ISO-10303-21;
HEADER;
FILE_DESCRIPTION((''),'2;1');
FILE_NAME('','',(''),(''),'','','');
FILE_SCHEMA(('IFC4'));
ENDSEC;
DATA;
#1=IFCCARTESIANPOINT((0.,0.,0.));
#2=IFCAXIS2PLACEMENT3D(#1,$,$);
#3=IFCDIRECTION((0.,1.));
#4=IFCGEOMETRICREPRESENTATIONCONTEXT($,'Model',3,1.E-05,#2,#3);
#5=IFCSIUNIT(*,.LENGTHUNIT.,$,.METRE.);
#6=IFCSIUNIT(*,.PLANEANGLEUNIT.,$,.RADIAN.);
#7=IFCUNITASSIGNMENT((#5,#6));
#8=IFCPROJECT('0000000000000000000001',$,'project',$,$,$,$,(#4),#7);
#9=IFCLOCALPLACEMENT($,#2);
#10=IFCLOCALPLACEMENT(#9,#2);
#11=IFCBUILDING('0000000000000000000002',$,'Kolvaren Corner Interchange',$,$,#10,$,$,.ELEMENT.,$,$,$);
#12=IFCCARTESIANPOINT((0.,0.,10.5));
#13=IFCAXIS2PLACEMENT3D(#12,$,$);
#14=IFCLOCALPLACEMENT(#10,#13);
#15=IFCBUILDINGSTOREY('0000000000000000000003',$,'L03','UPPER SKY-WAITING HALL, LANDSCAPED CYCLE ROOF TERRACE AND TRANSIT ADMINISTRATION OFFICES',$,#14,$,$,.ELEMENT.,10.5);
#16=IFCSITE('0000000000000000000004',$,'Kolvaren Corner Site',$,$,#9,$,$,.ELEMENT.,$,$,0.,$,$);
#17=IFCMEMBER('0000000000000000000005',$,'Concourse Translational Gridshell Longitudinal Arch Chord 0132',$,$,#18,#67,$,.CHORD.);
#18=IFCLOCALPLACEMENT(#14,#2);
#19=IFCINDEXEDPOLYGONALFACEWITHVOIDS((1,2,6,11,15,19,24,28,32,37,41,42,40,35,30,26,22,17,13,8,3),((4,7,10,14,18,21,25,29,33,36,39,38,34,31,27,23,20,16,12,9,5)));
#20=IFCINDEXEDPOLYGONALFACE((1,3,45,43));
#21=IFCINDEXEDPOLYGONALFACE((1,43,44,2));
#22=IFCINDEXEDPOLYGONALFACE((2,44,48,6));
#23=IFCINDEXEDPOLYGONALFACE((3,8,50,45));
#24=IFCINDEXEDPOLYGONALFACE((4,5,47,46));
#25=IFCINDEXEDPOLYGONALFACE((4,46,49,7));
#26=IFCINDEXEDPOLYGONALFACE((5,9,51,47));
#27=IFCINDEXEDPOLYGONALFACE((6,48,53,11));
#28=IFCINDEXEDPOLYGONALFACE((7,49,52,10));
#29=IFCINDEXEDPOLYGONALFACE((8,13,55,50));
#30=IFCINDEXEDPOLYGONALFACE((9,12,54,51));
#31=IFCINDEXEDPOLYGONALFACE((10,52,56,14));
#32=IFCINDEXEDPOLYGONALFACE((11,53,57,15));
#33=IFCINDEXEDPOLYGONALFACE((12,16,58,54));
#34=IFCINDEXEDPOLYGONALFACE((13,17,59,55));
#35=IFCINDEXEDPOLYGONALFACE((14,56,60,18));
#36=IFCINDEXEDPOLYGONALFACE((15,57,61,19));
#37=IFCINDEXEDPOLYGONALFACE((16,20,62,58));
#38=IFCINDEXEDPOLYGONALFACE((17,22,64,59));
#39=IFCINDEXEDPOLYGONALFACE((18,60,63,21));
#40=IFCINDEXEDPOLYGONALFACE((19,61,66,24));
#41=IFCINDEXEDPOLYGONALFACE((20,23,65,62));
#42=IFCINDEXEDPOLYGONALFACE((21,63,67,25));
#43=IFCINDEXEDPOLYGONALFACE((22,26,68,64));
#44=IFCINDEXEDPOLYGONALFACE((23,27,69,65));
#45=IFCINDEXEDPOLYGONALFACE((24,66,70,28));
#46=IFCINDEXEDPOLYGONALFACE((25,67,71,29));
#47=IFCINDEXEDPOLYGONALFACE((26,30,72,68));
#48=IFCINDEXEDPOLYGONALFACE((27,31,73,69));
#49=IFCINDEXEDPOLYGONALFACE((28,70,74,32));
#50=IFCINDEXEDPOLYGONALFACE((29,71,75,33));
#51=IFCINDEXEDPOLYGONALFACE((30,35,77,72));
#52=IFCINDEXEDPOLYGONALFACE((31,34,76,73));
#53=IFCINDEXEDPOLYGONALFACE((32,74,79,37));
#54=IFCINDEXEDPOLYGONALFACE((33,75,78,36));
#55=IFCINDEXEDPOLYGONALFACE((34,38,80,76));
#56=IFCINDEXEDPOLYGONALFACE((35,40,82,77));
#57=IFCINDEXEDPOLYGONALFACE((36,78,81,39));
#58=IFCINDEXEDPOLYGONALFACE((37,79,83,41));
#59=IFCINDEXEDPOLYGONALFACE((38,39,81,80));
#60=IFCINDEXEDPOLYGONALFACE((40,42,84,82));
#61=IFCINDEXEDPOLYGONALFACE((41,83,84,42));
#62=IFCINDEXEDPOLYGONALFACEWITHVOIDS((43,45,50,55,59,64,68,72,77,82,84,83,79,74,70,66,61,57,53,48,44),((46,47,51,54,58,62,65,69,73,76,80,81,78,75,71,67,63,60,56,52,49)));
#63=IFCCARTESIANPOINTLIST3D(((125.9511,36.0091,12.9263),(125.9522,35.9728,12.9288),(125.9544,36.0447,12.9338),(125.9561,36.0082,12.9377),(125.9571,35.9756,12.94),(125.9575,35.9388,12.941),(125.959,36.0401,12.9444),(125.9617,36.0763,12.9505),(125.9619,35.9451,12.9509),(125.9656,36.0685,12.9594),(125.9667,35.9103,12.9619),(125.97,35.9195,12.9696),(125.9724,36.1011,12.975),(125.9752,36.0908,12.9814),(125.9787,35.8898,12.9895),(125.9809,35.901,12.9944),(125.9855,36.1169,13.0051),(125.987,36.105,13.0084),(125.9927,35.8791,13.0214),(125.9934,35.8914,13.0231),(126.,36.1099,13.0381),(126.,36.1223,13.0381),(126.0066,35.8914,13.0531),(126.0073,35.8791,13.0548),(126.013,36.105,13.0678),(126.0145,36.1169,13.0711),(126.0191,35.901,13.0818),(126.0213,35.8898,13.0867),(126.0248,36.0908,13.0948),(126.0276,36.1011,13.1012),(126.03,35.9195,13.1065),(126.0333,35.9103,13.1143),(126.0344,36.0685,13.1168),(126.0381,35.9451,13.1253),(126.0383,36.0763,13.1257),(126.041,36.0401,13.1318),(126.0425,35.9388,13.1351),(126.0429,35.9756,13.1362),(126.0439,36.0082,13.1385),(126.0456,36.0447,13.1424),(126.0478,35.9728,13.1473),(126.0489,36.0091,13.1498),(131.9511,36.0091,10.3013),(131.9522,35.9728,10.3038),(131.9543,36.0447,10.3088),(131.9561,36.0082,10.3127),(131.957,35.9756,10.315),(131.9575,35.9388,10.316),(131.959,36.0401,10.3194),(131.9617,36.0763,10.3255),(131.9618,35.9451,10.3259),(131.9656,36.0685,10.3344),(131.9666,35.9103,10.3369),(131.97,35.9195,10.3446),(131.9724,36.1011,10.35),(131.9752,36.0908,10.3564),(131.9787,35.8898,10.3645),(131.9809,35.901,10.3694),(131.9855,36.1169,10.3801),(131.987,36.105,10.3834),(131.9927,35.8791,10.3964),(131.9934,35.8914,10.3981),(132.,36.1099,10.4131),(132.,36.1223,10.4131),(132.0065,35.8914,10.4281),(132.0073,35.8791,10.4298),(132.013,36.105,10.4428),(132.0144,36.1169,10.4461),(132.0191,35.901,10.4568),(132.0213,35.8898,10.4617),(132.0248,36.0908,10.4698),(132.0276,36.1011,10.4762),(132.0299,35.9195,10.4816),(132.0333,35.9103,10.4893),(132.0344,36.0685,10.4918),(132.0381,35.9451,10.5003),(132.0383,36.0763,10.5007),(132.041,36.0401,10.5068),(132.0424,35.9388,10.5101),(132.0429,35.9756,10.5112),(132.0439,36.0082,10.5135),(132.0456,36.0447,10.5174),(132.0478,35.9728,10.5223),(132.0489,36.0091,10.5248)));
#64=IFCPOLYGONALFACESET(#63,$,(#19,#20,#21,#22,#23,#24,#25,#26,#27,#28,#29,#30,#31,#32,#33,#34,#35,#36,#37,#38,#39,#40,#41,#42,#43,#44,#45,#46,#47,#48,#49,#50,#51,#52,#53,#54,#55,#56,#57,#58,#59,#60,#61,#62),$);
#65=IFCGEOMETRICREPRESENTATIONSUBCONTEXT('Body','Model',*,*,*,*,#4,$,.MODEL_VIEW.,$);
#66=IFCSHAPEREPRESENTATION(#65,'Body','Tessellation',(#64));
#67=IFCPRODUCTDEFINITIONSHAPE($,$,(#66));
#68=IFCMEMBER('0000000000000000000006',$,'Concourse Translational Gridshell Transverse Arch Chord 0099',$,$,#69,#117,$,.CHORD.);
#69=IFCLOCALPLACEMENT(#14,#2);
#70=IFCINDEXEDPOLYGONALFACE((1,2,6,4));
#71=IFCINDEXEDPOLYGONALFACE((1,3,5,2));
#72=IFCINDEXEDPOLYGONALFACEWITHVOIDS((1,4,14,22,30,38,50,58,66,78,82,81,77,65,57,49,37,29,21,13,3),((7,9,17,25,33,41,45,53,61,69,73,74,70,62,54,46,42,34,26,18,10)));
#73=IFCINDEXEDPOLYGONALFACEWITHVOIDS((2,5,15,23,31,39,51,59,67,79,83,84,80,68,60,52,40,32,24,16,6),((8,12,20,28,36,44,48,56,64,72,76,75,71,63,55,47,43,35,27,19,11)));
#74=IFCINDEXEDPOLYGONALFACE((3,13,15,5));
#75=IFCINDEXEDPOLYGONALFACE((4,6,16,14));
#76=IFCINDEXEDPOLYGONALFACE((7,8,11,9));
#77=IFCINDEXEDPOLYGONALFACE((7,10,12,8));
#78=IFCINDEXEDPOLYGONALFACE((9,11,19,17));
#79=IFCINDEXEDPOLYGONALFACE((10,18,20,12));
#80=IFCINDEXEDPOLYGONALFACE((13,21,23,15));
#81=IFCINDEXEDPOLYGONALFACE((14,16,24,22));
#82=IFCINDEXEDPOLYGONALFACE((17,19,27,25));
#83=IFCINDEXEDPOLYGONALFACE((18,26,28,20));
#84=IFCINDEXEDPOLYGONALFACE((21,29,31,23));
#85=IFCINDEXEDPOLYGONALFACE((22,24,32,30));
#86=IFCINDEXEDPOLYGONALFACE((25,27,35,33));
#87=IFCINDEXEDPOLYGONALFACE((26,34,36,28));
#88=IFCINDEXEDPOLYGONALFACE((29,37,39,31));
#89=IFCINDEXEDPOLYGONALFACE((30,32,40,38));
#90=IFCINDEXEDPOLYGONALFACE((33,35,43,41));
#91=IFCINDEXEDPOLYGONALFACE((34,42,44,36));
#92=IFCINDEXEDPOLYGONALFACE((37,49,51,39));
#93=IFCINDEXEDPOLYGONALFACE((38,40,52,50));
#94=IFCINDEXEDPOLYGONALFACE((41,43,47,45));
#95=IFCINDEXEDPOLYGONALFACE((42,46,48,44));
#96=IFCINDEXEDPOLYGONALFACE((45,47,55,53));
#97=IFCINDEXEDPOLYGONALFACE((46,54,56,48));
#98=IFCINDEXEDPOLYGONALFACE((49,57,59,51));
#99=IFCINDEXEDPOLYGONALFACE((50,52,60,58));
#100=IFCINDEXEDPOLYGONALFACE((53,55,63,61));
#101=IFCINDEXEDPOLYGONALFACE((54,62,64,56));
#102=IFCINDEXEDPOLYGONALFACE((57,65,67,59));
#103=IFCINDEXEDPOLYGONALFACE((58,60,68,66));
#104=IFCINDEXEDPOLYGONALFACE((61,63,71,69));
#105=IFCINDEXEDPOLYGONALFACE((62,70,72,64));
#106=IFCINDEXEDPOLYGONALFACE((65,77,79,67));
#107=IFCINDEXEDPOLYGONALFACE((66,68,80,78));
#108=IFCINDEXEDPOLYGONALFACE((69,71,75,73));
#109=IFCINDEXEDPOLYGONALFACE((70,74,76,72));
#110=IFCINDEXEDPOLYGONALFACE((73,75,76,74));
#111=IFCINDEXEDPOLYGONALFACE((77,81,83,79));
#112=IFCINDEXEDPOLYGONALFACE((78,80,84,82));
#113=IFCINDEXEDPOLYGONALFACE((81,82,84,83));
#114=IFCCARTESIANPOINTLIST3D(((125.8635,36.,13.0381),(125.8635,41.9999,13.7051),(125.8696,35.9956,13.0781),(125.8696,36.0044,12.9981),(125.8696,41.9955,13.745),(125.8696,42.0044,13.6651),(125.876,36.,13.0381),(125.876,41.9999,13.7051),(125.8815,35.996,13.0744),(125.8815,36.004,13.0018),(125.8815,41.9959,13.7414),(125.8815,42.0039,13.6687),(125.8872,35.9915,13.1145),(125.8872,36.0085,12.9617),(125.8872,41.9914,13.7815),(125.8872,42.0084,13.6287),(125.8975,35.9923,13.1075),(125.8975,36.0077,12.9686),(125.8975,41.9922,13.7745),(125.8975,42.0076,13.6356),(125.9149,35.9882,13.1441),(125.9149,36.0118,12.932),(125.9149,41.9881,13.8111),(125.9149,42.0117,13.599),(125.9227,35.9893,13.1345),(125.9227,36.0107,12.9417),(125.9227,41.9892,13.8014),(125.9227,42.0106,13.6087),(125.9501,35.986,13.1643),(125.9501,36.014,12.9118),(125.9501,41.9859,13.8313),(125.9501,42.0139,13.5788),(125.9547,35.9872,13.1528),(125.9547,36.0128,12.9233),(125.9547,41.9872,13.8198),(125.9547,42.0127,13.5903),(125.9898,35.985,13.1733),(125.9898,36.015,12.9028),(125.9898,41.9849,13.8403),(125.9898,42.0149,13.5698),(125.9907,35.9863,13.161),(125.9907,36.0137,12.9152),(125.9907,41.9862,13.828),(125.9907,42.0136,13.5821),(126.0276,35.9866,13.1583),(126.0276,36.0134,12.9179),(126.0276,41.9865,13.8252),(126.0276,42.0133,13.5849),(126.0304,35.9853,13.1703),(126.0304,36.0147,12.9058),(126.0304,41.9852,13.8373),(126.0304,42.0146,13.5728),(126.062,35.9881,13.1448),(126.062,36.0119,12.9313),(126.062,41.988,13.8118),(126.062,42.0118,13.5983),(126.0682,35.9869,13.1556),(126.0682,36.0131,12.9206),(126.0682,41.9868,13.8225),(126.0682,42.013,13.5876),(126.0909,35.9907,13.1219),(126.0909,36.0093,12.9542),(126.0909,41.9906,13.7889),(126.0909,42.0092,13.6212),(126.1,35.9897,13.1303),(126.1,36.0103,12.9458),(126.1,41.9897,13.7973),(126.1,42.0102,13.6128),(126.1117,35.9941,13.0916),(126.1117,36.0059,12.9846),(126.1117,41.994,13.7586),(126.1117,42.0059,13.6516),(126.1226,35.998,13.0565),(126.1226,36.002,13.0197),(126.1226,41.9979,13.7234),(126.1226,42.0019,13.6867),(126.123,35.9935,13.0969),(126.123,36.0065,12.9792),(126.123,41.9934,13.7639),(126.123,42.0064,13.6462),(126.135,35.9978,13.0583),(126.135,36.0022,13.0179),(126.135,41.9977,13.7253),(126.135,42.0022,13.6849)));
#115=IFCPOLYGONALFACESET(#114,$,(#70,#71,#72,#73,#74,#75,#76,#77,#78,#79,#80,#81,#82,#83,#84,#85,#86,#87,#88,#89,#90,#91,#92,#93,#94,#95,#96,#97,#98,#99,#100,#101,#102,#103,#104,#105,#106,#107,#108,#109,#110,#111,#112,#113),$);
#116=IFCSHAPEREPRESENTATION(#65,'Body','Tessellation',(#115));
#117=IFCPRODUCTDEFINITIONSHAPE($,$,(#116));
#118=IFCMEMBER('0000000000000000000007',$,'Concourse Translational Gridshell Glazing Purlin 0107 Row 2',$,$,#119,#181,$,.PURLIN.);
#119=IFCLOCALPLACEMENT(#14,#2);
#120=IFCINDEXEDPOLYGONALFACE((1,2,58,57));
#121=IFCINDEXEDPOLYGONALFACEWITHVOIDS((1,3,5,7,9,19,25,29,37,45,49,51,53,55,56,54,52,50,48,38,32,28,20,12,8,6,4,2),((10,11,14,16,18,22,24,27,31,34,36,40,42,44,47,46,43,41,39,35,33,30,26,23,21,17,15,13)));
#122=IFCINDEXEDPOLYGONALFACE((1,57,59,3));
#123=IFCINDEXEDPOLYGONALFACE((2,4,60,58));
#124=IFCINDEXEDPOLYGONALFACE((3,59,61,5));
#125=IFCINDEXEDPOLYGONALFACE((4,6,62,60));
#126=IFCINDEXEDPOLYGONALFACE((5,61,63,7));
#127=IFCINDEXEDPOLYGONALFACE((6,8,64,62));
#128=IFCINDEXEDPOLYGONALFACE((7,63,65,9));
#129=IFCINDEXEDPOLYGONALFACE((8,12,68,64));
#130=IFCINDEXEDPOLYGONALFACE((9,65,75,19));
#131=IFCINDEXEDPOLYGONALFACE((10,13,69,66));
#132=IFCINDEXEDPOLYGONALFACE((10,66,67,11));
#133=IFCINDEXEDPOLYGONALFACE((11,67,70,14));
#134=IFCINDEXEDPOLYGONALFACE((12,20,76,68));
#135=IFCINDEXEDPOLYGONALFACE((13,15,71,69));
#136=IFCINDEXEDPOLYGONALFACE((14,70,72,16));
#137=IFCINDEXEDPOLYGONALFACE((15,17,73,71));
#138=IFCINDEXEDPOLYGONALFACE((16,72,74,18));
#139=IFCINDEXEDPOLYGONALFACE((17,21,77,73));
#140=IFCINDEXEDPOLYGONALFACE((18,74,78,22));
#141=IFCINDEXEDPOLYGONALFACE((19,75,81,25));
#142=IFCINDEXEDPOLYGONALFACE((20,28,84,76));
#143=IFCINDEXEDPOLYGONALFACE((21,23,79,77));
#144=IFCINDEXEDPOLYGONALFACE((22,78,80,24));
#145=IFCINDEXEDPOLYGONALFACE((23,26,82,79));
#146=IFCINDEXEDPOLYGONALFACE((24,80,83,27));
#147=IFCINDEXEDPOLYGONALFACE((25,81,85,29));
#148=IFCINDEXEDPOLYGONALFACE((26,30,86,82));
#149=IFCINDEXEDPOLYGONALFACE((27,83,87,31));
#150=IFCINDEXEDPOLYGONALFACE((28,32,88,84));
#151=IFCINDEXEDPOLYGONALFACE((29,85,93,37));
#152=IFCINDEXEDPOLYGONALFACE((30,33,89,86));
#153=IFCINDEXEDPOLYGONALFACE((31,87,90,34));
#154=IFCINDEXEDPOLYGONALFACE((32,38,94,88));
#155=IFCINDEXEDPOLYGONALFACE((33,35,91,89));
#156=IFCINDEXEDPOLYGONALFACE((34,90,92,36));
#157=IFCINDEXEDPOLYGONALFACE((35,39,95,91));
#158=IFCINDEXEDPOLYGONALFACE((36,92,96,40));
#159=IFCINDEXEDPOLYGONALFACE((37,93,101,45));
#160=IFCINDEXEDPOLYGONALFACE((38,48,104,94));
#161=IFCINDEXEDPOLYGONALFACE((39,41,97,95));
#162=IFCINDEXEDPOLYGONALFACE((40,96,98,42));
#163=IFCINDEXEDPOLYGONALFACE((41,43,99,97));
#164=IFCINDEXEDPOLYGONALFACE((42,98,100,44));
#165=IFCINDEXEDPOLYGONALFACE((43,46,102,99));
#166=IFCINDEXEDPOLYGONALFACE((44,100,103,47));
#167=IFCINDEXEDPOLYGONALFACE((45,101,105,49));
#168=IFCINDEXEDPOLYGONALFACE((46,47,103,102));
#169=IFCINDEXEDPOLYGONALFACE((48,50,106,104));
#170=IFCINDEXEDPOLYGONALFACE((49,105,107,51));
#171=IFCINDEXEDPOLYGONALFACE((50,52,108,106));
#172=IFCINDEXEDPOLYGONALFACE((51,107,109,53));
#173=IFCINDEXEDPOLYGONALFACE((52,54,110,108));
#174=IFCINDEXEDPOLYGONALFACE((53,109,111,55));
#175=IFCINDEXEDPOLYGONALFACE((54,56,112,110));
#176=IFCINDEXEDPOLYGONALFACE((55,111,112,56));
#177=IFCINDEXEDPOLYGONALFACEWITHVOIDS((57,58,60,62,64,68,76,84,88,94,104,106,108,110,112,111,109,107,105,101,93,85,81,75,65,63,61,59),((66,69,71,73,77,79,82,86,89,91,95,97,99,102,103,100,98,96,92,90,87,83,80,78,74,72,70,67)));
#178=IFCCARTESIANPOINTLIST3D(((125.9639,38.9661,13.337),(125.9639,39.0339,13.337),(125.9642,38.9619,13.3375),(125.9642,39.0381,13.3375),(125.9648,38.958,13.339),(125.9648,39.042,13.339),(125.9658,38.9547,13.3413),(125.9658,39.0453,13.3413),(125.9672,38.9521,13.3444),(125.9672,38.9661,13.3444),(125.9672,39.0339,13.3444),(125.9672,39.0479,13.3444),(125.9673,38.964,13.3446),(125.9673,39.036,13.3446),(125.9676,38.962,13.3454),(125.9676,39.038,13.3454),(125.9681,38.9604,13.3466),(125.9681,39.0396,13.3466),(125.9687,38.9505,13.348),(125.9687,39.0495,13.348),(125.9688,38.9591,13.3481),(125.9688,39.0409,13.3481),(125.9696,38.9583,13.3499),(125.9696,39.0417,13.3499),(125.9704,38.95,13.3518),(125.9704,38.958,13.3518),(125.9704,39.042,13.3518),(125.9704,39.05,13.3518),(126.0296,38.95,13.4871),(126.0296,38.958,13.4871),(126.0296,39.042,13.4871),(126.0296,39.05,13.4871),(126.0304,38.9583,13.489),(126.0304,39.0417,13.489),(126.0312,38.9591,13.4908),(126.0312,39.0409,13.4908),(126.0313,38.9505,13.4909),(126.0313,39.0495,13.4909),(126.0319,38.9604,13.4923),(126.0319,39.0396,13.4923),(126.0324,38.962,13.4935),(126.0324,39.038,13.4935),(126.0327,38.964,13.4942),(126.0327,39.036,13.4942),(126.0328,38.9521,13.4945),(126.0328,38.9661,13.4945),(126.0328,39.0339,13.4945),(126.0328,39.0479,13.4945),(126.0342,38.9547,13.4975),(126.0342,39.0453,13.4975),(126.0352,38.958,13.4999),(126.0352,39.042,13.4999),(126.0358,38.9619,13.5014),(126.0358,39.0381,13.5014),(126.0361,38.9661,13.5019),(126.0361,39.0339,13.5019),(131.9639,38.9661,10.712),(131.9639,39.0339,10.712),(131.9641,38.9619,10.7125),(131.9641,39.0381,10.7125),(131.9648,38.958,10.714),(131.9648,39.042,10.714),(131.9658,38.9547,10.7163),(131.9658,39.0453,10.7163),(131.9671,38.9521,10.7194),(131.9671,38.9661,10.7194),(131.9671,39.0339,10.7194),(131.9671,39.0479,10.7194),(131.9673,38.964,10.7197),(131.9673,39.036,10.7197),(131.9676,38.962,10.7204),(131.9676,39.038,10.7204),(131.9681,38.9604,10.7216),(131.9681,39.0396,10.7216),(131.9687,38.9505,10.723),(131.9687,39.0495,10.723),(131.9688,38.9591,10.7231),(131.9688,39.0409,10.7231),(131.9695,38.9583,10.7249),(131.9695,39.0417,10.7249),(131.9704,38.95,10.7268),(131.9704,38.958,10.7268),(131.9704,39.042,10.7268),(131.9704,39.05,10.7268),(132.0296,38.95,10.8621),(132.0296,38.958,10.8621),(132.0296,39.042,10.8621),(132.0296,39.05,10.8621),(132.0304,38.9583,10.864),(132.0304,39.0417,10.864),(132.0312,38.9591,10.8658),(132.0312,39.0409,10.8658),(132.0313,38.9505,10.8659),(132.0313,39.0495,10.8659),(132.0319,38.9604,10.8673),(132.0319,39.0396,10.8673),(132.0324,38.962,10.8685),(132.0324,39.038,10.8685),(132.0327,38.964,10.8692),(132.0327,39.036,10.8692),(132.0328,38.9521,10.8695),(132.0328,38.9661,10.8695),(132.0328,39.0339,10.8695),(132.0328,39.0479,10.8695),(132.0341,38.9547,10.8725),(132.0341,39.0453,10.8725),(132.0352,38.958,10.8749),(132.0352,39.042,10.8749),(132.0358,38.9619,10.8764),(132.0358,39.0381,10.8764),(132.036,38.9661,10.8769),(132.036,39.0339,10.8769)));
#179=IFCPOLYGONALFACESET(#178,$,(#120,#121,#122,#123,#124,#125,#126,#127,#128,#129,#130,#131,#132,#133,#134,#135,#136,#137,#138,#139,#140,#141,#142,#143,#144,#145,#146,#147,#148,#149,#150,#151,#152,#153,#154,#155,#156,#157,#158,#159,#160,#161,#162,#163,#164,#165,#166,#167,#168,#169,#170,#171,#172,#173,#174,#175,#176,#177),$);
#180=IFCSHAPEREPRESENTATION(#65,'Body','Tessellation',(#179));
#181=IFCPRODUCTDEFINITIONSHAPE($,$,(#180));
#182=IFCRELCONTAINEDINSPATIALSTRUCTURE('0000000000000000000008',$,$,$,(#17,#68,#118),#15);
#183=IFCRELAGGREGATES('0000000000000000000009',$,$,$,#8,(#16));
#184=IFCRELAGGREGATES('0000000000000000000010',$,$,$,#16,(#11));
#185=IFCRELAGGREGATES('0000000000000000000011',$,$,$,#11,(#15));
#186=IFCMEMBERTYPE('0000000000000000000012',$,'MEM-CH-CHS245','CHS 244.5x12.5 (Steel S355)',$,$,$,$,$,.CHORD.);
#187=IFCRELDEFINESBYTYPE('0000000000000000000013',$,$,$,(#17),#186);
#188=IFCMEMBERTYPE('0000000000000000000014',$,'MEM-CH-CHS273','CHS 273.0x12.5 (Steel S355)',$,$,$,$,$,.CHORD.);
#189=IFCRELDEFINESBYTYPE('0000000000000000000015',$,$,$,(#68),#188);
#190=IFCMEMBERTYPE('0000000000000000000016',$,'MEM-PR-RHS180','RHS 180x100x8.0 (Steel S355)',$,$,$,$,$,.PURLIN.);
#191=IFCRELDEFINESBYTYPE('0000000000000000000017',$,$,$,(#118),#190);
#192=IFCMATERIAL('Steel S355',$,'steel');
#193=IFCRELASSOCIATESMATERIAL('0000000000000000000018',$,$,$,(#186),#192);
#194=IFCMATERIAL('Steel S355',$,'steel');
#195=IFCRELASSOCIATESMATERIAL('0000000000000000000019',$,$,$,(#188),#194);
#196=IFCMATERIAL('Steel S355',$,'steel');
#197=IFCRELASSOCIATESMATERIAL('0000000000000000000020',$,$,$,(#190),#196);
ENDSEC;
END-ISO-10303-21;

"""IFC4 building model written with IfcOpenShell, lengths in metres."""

from ifc_helpers import new_model, si_unit, direction, frame, origin, origin_2d, place, context, subcontext, project, spatial, hollow_rectangle, hollow_circle, extrude, material, material_profile, profile_set, type_object, element, save


model = new_model("IFC4")

# Units and contexts
model_context = context("Model", 3, precision=1e-05, world=origin(), true_north=direction((0.0, 1.0)))
body_context = subcontext(model_context, "Body", "Model", "MODEL_VIEW")
ifc_project = project(units=[si_unit("LENGTHUNIT", "METRE"), si_unit("PLANEANGLEUNIT", "RADIAN")], contexts=[model_context])

# Site, building, storey
site_placement = place(None, origin())
site = spatial("IfcSite", under=ifc_project, at=site_placement, Name="Kolvaren Corner Site", CompositionType="ELEMENT", RefElevation=0.0)
building_placement = place(site_placement, origin())
building = spatial("IfcBuilding", under=site, at=building_placement, Name="Kolvaren Corner Interchange", CompositionType="ELEMENT")
storey_placement = place(building_placement, frame((0.0, 0.0, 10.5)))
storey = spatial("IfcBuildingStorey", under=building, at=storey_placement, Name="L03", Description="UPPER SKY-WAITING HALL, LANDSCAPED CYCLE ROOF TERRACE AND TRANSIT ADMINISTRATION OFFICES", CompositionType="ELEMENT", Elevation=10.5)

# Members
ifc_material_1 = material(Name="Steel S355", Category="steel")
ifc_material_profile_1 = material_profile(ifc_material_1, hollow_circle(Radius=0.1223, WallThickness=0.0125, at=origin_2d()), Name="CHS 244.5x12.5")
ifc_profile_set_1 = profile_set([ifc_material_profile_1], Name="Steel S355")
member_type_1 = type_object("IfcMemberType", Name="MEM-CH-CHS245", Description="CHS 244.5x12.5 (Steel S355)", PredefinedType="CHORD", material=ifc_profile_set_1)
member_1_placement = place(storey_placement, frame((126.0, 36.0, 13.0381), z_axis=(0.916157, 0.0, -0.400819), x_axis=(0.0, 1.0, 0.0)))
element("IfcMember", 1, at=member_1_placement, inside=storey, type_object=member_type_1, Name="Concourse Translational Gridshell Longitudinal Arch Chord 0132", PredefinedType="CHORD", context=body_context, shape_type="SweptSolid", body=[
    extrude(hollow_circle(Radius=0.1223, WallThickness=0.0125, at=origin_2d()), origin(), (0.0, 0.0, 1.0), 6.5491),
])
ifc_material_2 = material(Name="Steel S355", Category="steel")
ifc_material_profile_2 = material_profile(ifc_material_2, hollow_circle(Radius=0.1365, WallThickness=0.0125, at=origin_2d()), Name="CHS 273.0x12.5")
ifc_profile_set_2 = profile_set([ifc_material_profile_2], Name="Steel S355")
member_type_2 = type_object("IfcMemberType", Name="MEM-CH-CHS273", Description="CHS 273.0x12.5 (Steel S355)", PredefinedType="CHORD", material=ifc_profile_set_2)
member_2_placement = place(storey_placement, frame((126.0, 36.0, 13.0381), z_axis=(0.0, 0.993878, 0.110485), x_axis=(-1.0, 0.0, 0.0)))
element("IfcMember", 2, at=member_2_placement, inside=storey, type_object=member_type_2, Name="Concourse Translational Gridshell Transverse Arch Chord 0099", PredefinedType="CHORD", context=body_context, shape_type="SweptSolid", body=[
    extrude(hollow_circle(Radius=0.1365, WallThickness=0.0125, at=origin_2d()), origin(), (0.0, 0.0, 1.0), 6.0369),
])
ifc_material_3 = material(Name="Steel S355", Category="steel")
ifc_material_profile_3 = material_profile(ifc_material_3, hollow_rectangle(XDim=0.1001, YDim=0.1799, WallThickness=0.0081, InnerFilletRadius=0.0081, OuterFilletRadius=0.0161, at=origin_2d()), Name="RHS 180x100x8.0")
ifc_profile_set_3 = profile_set([ifc_material_profile_3], Name="Steel S355")
member_type_3 = type_object("IfcMemberType", Name="MEM-PR-RHS180", Description="RHS 180x100x8.0 (Steel S355)", PredefinedType="PURLIN", material=ifc_profile_set_3)
member_3_placement = place(storey_placement, frame((126.0, 39.0, 13.4194), z_axis=(0.916157, 0.0, -0.400819), x_axis=(0.0, 1.0, 0.0)))
element("IfcMember", 3, at=member_3_placement, inside=storey, type_object=member_type_3, Name="Concourse Translational Gridshell Glazing Purlin 0107 Row 2", PredefinedType="PURLIN", context=body_context, shape_type="SweptSolid", body=[
    extrude(hollow_rectangle(XDim=0.1001, YDim=0.1799, WallThickness=0.0081, InnerFilletRadius=0.0081, OuterFilletRadius=0.0161, at=origin_2d()), origin(), (0.0, 0.0, 1.0), 6.5491),
])

save(model, "model.ifc")
